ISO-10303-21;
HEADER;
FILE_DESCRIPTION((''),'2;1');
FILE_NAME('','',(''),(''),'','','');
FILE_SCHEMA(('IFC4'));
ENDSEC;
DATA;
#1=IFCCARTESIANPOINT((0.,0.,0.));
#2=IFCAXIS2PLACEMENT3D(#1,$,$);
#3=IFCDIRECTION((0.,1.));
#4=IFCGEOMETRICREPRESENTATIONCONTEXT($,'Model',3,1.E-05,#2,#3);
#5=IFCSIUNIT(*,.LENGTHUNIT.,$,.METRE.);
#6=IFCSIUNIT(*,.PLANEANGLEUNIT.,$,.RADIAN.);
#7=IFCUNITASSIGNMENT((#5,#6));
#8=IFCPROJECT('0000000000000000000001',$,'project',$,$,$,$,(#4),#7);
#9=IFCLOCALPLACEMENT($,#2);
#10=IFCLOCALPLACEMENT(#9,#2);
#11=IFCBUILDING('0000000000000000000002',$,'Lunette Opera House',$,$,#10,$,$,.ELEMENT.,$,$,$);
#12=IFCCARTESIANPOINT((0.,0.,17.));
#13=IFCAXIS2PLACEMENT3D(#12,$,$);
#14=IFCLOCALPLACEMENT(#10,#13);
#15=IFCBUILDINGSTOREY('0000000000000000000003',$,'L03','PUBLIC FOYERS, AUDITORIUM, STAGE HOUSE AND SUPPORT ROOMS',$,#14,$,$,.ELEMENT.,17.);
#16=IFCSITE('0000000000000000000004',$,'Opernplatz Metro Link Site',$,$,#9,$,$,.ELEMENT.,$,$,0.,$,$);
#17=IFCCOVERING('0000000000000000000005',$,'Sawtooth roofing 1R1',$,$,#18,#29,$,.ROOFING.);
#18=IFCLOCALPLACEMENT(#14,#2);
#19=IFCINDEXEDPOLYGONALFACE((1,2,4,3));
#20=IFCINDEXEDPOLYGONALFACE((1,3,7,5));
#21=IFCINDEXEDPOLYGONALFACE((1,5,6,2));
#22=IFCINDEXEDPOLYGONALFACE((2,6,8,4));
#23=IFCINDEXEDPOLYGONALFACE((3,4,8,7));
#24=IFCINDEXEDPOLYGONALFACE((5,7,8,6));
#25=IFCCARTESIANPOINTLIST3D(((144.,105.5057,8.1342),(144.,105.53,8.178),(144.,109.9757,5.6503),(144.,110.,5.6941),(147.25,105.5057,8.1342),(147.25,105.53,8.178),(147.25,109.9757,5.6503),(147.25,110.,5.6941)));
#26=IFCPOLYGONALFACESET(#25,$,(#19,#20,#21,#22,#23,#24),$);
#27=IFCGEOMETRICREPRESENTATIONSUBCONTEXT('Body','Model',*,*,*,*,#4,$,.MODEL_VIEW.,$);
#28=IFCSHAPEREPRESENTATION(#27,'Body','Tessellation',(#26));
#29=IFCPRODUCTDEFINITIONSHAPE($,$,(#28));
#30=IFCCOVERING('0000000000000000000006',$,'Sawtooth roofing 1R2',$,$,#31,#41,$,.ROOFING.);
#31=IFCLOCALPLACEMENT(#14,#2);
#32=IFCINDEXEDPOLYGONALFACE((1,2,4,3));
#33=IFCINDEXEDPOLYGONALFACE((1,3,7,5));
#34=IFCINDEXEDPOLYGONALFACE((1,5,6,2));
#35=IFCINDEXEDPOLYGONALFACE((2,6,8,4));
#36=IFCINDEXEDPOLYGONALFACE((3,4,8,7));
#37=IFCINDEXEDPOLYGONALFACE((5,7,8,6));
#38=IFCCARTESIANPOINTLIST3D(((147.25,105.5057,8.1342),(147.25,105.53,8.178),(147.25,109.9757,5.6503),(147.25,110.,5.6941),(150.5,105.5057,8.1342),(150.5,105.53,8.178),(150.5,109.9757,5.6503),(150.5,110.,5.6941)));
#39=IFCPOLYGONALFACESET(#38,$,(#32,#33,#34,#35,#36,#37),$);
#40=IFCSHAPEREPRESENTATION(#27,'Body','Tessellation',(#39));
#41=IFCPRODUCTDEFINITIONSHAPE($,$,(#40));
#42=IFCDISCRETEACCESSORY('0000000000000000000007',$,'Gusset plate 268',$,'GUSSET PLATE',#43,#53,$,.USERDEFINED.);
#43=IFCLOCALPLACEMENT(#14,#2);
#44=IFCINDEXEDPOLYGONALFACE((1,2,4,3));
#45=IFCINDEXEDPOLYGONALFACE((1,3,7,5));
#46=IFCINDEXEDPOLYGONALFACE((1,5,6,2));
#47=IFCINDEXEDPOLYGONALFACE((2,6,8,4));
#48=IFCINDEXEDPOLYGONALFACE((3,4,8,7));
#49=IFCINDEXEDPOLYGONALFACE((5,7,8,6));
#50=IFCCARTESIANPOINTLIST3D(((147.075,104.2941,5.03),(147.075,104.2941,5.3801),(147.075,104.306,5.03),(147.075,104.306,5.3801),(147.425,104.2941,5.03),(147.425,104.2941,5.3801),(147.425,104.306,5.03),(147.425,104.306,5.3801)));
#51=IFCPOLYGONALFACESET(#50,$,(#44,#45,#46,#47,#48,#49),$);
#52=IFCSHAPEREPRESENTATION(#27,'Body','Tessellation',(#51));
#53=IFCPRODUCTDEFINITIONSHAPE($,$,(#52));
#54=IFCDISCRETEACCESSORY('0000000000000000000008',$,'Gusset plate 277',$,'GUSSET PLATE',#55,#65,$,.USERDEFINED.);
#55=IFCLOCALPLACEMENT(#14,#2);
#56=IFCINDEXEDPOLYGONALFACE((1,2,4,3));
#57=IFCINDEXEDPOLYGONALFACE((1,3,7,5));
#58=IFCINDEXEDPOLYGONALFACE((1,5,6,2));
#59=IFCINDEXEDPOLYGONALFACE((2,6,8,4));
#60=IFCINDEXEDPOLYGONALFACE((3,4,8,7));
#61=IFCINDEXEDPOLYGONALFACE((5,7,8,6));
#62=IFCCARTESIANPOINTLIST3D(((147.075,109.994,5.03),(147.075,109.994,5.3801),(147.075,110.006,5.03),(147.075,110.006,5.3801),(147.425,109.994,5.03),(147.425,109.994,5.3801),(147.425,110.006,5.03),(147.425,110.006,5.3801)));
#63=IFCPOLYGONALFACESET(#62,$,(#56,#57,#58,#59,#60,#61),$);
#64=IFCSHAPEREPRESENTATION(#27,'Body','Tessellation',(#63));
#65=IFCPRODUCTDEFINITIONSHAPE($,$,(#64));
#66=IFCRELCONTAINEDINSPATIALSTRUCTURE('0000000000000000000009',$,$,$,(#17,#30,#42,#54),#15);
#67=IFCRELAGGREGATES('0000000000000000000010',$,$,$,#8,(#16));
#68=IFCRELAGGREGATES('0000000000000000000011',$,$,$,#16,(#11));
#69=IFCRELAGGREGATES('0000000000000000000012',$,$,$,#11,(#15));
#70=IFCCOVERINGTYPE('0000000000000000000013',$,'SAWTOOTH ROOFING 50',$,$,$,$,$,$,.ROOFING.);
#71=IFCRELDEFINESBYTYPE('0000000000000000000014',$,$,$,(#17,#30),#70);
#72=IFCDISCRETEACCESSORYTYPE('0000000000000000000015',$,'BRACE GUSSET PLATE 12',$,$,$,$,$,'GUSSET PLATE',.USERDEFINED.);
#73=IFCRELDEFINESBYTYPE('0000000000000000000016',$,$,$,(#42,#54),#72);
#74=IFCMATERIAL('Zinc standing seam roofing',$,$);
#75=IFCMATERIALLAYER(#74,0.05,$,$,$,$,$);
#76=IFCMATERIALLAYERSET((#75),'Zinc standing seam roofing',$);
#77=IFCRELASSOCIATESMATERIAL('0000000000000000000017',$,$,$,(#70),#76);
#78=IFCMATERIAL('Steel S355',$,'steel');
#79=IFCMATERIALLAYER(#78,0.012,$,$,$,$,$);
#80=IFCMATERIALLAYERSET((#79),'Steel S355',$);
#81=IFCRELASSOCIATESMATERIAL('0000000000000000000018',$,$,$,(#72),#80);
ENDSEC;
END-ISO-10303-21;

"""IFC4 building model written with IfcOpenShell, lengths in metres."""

from ifc_helpers import new_model, si_unit, direction, frame, origin, origin_2d, place, context, subcontext, project, spatial, polyline, rectangle, outline, extrude, material, layer, layer_set, type_object, element, save


model = new_model("IFC4")

# Units and contexts
model_context = context("Model", 3, precision=1e-05, world=origin(), true_north=direction((0.0, 1.0)))
body_context = subcontext(model_context, "Body", "Model", "MODEL_VIEW")
ifc_project = project(units=[si_unit("LENGTHUNIT", "METRE"), si_unit("PLANEANGLEUNIT", "RADIAN")], contexts=[model_context])

# Site, building, storey
site_placement = place(None, origin())
site = spatial("IfcSite", under=ifc_project, at=site_placement, Name="Opernplatz Metro Link Site", CompositionType="ELEMENT", RefElevation=0.0)
building_placement = place(site_placement, origin())
building = spatial("IfcBuilding", under=site, at=building_placement, Name="Lunette Opera House", CompositionType="ELEMENT")
storey_placement = place(building_placement, frame((0.0, 0.0, 17.0)))
storey = spatial("IfcBuildingStorey", under=building, at=storey_placement, Name="L03", Description="PUBLIC FOYERS, AUDITORIUM, STAGE HOUSE AND SUPPORT ROOMS", CompositionType="ELEMENT", Elevation=17.0)

# Coverings
ifc_material_1 = material(Name="Zinc standing seam roofing")
ifc_layer_1 = layer(ifc_material_1, 0.05)
ifc_layer_set_1 = layer_set([ifc_layer_1], Name="Zinc standing seam roofing")
covering_type = type_object("IfcCoveringType", Name="SAWTOOTH ROOFING 50", PredefinedType="ROOFING", material=ifc_layer_set_1)
for number, where, z_axis, x_axis, name in (
    (1, (144.0, 105.53, 8.178), (0.0, 0.485728, 0.87411), (1.0, 0.0, 0.0), "Sawtooth roofing 1R1"),
    (2, (147.25, 105.53, 8.178), (0.0, 0.485728, 0.87411), (1.0, 0.0, 0.0), "Sawtooth roofing 1R2"),
):
    element("IfcCovering", number, at=place(storey_placement, frame(where, z_axis=z_axis, x_axis=x_axis)), inside=storey, type_object=covering_type, Name=name, PredefinedType="ROOFING", context=body_context, shape_type="SweptSolid", body=[
        extrude(outline(polyline([(0.0, 0.0), (3.25, 0.0), (3.25, 5.1137), (0.0, 5.1137), (0.0, 0.0)])), origin(), (0.0, 0.0, -1.0), 0.05),
    ])

# Discrete accessories
ifc_material_2 = material(Name="Steel S355", Category="steel")
ifc_layer_2 = layer(ifc_material_2, 0.012)
ifc_layer_set_2 = layer_set([ifc_layer_2], Name="Steel S355")
discrete_accessory_type = type_object("IfcDiscreteAccessoryType", Name="BRACE GUSSET PLATE 12", ElementType="GUSSET PLATE", PredefinedType="USERDEFINED", material=ifc_layer_set_2)
for number, where, z_axis, x_axis, name in (
    (3, (147.25, 104.3, 5.03), (0.0, 0.0, 1.0), (1.0, 0.0, 0.0), "Gusset plate 268"),
    (4, (147.25, 110.0, 5.03), (0.0, 0.0, 1.0), (1.0, 0.0, 0.0), "Gusset plate 277"),
):
    element("IfcDiscreteAccessory", number, at=place(storey_placement, frame(where, z_axis=z_axis, x_axis=x_axis)), inside=storey, type_object=discrete_accessory_type, Name=name, ObjectType="GUSSET PLATE", PredefinedType="USERDEFINED", context=body_context, shape_type="SweptSolid", body=[
        extrude(rectangle(XDim=0.3501, YDim=0.012, at=origin_2d()), origin(), (0.0, 0.0, 1.0), 0.3501),
    ])

save(model, "model.ifc")
